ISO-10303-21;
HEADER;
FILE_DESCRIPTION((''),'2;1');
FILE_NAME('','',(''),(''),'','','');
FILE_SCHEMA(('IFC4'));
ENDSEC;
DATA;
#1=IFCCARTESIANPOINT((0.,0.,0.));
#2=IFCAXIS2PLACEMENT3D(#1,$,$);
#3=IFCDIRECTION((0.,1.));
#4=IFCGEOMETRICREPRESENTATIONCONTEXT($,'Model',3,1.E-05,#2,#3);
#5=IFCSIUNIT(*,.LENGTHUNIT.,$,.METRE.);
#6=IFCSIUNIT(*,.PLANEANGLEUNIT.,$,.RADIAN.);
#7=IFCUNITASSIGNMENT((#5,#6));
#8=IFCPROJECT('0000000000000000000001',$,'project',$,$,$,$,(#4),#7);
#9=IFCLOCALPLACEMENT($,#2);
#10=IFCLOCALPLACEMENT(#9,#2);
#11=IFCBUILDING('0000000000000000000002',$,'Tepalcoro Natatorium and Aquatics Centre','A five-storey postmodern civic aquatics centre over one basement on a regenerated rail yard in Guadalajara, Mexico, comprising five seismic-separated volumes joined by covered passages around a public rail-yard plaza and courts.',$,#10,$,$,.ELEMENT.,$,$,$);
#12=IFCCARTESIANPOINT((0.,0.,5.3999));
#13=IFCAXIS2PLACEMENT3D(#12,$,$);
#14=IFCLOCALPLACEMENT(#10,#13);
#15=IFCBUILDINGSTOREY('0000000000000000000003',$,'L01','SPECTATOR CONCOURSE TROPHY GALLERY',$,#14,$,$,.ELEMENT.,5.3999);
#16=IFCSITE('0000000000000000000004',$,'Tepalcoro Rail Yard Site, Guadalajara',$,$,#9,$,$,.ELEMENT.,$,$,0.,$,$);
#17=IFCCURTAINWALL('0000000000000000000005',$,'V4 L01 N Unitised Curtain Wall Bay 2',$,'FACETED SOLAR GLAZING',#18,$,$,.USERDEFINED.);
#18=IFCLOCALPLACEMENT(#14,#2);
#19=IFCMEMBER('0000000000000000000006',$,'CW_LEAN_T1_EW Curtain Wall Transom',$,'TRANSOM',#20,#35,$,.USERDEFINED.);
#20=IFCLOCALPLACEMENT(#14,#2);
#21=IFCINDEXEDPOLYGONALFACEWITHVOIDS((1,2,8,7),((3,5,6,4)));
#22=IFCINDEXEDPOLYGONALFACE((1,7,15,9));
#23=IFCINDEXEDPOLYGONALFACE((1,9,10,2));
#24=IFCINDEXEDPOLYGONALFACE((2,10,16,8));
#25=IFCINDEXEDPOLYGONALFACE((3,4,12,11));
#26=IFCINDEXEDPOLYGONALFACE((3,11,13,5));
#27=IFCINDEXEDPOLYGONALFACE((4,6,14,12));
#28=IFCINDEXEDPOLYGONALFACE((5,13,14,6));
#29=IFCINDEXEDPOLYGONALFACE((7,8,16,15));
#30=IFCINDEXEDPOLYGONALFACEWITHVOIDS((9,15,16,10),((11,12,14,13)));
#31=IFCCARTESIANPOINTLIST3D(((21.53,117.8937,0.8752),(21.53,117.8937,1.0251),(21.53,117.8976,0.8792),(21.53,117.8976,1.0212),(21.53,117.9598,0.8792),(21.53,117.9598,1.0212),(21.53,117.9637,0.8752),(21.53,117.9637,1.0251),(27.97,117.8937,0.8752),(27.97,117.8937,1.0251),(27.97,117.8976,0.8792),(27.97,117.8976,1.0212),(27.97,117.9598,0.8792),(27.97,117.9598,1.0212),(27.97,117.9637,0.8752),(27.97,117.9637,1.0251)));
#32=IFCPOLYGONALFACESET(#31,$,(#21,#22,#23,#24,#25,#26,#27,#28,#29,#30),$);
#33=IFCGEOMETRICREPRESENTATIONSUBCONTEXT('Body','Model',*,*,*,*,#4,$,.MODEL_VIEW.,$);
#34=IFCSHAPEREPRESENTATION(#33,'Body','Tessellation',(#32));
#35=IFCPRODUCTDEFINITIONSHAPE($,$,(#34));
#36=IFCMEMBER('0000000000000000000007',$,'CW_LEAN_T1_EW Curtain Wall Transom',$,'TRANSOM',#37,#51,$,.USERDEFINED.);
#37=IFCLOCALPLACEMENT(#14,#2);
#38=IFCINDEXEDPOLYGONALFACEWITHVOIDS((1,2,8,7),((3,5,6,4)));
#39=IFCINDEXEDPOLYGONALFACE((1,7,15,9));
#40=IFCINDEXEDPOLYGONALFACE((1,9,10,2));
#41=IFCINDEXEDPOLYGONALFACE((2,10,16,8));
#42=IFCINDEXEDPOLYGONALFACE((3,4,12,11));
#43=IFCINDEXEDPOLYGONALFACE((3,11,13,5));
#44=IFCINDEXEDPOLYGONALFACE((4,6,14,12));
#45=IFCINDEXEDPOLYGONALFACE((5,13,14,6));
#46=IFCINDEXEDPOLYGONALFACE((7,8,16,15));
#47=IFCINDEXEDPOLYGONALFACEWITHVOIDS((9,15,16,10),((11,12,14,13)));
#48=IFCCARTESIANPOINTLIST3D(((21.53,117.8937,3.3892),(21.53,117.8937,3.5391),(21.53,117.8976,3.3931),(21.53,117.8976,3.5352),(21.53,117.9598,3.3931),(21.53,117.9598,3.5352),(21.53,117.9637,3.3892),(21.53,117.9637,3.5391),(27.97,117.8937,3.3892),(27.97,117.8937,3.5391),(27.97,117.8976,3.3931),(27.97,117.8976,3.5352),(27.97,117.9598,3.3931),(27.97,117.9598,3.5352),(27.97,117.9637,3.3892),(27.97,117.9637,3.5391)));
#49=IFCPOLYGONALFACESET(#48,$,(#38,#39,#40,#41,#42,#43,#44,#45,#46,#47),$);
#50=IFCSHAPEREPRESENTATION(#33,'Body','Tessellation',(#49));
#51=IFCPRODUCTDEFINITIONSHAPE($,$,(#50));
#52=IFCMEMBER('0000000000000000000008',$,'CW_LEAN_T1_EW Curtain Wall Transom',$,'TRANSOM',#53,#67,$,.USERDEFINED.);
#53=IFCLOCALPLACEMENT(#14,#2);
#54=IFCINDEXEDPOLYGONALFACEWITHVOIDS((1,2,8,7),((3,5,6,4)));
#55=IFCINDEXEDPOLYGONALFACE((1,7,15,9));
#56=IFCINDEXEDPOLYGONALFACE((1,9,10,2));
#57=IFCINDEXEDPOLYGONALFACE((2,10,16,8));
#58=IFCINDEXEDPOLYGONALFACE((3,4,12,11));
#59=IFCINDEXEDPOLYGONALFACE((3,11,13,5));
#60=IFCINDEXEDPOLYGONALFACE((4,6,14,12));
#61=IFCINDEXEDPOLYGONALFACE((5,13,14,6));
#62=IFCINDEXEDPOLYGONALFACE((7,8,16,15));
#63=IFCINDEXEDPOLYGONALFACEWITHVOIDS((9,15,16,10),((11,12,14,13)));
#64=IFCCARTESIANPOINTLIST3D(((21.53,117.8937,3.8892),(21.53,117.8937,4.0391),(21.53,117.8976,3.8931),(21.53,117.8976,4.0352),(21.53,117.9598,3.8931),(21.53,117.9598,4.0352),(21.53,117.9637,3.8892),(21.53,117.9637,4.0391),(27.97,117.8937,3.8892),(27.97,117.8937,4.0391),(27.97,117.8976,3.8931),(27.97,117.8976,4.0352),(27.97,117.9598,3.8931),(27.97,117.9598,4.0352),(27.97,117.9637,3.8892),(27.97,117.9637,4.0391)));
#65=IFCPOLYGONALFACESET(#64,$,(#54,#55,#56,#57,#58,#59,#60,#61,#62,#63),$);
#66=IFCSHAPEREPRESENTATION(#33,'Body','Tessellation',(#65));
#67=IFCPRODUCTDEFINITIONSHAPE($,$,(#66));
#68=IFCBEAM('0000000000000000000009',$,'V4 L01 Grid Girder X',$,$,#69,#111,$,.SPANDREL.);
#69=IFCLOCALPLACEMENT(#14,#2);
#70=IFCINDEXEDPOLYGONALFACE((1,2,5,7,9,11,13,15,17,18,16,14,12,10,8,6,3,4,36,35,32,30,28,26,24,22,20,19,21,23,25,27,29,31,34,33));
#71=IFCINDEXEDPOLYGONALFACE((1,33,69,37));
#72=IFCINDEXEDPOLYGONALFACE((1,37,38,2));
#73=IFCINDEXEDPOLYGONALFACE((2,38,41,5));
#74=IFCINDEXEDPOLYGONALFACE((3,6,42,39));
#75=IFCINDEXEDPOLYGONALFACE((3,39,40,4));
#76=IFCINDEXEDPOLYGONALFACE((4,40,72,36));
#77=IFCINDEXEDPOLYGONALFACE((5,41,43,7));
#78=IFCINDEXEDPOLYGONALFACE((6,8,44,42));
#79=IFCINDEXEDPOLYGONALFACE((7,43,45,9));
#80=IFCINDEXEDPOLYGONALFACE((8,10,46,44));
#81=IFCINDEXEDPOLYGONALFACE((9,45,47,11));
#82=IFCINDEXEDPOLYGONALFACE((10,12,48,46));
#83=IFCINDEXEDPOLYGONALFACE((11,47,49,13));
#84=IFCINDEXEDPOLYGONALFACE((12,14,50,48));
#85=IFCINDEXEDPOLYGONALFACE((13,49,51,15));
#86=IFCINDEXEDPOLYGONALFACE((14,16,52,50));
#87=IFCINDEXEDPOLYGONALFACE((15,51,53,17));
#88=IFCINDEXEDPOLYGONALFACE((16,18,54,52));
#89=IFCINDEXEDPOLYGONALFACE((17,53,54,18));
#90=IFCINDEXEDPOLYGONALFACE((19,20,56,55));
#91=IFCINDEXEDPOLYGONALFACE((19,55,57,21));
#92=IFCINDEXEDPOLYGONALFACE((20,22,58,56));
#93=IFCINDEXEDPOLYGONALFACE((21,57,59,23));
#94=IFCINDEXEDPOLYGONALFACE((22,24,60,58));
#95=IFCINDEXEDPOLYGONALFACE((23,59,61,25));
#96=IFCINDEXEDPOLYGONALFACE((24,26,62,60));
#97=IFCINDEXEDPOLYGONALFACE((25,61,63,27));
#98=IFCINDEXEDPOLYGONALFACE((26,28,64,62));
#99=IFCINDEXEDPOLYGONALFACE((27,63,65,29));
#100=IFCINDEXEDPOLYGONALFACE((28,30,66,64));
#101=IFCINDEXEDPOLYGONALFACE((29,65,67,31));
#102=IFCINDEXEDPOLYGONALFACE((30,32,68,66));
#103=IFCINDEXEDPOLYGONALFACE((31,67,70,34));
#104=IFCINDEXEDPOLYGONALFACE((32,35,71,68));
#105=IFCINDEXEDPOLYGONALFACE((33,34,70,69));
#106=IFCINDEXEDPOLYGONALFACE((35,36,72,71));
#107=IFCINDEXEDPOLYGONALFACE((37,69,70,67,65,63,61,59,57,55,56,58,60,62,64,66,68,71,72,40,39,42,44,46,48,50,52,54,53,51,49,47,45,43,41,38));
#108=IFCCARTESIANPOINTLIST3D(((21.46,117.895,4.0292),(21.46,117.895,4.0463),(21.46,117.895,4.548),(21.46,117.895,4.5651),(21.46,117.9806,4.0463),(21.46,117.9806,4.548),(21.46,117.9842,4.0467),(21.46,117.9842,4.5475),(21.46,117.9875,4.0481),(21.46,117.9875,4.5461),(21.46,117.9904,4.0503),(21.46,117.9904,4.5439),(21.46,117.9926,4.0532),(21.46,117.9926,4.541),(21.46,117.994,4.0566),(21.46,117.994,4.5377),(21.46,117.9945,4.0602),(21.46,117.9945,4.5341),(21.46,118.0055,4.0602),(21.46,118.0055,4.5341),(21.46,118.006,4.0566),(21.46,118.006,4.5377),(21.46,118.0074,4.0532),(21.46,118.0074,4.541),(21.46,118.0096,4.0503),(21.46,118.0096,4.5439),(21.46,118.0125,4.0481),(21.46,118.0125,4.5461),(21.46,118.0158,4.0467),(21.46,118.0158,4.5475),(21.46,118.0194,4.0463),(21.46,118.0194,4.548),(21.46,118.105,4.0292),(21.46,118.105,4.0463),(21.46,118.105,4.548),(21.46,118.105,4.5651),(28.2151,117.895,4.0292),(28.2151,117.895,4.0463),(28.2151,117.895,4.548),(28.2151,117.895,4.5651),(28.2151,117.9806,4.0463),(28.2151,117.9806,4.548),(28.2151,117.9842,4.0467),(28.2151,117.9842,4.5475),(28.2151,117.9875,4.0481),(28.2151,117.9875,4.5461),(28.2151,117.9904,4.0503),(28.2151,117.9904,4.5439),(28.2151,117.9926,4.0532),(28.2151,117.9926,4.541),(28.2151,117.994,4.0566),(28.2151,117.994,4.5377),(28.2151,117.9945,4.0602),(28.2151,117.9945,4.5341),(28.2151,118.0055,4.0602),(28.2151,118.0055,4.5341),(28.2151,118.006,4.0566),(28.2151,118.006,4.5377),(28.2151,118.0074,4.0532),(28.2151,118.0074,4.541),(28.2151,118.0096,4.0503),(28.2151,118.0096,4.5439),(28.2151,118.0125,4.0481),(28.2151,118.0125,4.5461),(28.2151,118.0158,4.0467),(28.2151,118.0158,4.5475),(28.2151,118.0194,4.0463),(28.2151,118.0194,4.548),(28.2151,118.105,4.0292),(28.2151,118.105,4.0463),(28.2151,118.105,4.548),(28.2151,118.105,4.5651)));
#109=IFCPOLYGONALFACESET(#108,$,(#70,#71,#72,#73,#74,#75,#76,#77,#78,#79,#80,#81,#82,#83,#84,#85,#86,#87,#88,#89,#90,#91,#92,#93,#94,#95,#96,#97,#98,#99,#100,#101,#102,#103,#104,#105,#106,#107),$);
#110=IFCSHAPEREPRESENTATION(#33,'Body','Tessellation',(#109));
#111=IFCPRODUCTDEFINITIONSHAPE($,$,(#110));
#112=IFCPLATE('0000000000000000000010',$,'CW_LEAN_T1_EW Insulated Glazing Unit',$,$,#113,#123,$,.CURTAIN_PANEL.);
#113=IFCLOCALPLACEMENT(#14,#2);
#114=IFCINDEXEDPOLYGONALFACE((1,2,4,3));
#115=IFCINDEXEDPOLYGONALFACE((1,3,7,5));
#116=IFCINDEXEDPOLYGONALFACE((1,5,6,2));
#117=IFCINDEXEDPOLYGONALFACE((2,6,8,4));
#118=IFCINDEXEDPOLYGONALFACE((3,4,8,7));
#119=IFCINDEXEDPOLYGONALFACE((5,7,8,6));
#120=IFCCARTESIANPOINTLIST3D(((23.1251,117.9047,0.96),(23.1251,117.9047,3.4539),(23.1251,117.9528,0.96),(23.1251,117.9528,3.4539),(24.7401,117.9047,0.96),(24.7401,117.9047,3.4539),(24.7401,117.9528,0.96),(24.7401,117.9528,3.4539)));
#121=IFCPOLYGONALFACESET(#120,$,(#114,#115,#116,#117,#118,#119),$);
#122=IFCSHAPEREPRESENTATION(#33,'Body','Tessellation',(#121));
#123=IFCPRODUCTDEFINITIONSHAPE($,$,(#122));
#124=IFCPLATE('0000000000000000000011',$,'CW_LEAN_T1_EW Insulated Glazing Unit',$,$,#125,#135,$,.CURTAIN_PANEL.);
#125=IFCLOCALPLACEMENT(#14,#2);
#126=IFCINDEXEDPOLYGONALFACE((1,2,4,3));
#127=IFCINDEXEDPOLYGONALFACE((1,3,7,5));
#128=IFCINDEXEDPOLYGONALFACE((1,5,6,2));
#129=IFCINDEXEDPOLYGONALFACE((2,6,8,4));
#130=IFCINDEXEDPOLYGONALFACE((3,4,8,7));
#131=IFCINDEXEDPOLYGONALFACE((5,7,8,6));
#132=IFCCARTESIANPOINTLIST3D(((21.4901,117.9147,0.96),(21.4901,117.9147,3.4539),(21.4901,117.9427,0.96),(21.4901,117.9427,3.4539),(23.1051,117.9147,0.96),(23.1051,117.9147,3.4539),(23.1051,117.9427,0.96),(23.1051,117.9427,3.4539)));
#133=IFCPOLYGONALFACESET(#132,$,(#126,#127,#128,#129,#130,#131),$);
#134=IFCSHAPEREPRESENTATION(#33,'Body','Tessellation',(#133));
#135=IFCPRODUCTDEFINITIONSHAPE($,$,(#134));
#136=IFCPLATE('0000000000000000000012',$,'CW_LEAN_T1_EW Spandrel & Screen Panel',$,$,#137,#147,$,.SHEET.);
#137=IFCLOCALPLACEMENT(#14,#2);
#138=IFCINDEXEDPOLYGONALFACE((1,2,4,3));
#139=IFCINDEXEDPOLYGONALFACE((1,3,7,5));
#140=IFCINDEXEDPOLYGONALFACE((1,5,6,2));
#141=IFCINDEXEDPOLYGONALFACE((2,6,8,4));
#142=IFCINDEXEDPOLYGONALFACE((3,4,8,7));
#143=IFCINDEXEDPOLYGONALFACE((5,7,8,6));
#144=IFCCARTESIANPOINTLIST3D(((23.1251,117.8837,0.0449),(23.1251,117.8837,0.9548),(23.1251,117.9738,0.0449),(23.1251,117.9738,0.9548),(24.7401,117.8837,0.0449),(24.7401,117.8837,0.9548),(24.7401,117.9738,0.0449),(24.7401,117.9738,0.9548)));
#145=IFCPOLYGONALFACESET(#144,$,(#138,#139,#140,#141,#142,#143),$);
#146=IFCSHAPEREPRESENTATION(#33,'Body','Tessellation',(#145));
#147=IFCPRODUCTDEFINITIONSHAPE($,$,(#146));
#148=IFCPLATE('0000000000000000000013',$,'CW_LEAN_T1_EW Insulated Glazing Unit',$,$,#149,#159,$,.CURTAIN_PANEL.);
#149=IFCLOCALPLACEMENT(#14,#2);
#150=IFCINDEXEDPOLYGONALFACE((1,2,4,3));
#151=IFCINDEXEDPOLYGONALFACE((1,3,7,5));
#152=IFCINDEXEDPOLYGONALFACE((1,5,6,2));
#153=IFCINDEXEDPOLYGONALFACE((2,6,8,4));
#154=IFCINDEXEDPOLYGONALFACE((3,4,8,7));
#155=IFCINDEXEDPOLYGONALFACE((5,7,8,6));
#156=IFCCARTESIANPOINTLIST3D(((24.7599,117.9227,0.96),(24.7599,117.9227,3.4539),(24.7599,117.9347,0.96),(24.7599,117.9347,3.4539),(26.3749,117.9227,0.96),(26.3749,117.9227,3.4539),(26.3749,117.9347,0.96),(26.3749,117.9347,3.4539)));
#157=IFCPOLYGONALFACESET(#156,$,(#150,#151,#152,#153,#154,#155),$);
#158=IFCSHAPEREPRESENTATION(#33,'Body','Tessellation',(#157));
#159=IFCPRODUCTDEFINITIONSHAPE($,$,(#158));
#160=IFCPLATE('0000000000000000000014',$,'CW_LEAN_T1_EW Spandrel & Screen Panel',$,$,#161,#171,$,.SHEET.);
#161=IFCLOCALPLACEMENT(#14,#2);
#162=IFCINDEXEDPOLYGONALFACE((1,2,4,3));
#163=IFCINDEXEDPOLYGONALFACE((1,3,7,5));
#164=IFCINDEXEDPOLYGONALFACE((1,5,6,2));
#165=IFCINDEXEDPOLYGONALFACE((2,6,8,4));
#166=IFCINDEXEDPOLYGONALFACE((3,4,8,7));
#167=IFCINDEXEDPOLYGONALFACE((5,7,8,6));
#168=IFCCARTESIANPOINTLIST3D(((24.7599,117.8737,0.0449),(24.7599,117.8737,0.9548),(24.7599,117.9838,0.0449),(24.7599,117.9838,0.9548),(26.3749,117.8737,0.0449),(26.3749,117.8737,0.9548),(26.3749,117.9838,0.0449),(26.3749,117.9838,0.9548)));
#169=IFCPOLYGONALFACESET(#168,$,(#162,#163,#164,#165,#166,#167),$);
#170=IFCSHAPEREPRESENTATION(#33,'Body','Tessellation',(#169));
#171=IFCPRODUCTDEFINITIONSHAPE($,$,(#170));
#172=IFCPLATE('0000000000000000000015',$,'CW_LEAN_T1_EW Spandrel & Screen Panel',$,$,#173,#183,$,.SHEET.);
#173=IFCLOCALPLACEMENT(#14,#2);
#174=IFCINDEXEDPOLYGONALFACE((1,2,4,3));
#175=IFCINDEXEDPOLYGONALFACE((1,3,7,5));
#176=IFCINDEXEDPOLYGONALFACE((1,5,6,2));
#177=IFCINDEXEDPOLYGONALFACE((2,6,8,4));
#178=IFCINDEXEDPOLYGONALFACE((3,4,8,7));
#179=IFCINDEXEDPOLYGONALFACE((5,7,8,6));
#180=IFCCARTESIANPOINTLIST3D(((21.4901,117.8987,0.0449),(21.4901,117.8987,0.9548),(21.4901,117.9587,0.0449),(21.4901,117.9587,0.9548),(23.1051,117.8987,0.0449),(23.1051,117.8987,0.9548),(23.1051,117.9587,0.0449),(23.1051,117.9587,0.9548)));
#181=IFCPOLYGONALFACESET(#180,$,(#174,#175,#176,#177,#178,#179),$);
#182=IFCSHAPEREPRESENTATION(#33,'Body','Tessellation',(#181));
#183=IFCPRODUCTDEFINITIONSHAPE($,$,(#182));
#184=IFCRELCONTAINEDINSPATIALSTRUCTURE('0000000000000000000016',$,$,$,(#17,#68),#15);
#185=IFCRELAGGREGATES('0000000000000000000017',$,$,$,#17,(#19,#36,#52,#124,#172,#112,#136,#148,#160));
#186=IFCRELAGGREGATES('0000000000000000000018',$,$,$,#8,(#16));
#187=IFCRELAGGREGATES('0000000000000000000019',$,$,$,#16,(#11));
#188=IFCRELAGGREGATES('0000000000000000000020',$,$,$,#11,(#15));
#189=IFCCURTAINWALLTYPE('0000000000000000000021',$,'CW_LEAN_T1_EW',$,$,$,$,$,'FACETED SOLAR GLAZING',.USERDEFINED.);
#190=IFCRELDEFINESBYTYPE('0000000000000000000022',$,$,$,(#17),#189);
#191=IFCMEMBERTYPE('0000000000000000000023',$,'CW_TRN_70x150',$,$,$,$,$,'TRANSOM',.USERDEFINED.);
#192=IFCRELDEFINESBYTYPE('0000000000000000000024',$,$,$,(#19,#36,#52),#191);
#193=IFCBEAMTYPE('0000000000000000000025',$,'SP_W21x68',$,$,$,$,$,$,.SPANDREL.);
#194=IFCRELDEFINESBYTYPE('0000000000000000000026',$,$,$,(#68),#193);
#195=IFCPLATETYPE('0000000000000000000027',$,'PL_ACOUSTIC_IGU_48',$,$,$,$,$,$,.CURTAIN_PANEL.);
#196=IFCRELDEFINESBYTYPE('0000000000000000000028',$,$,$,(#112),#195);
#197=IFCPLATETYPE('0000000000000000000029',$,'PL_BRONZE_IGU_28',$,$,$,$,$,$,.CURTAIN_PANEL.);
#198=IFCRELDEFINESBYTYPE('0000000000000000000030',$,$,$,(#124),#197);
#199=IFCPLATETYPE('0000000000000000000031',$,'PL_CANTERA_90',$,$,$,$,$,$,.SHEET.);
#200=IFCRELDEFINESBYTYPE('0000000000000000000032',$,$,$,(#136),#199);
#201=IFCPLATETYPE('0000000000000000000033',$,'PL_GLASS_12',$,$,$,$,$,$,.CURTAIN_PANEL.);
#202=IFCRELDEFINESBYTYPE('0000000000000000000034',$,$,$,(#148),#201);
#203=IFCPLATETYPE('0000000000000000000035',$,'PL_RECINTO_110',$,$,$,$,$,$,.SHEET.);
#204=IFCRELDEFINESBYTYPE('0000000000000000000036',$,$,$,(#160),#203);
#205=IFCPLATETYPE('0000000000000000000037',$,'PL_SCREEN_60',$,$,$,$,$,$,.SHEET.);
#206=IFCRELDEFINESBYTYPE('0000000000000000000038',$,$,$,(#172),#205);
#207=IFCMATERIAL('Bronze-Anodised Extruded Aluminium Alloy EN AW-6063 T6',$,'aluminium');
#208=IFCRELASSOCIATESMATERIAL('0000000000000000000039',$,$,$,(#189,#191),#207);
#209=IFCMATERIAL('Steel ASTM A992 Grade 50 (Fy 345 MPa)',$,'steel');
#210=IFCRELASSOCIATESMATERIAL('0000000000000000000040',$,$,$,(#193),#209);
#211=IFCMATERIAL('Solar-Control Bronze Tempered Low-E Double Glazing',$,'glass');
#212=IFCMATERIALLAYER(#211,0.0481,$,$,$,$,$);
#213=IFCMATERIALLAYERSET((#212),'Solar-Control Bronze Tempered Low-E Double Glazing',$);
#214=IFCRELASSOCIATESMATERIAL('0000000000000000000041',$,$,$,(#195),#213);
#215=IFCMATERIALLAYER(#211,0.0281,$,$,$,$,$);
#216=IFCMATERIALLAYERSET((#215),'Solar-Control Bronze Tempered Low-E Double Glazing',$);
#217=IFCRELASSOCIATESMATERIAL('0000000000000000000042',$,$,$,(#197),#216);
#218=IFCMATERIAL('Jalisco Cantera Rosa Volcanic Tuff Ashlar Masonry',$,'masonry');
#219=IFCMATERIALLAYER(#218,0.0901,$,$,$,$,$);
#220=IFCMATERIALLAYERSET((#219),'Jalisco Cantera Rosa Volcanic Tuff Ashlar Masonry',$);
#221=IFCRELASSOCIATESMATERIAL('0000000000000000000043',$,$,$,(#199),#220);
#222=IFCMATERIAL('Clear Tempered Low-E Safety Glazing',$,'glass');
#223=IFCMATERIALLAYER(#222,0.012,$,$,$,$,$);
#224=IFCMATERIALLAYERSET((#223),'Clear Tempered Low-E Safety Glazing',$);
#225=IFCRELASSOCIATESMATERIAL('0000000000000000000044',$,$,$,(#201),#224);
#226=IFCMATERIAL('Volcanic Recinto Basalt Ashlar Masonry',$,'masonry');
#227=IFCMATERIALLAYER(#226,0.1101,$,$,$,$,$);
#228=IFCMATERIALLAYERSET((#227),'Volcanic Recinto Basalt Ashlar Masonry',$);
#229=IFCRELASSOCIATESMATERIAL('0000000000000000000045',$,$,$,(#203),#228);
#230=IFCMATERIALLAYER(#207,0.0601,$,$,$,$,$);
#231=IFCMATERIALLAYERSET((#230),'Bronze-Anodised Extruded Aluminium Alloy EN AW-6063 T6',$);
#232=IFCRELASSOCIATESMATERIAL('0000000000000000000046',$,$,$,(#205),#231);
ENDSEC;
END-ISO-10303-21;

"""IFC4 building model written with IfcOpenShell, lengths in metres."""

from ifc_helpers import new_model, si_unit, direction, frame, origin, origin_2d, place, context, subcontext, project, spatial, rectangle, hollow_rectangle, i_section, extrude, material, layer, layer_set, material_profile, profile_set, type_object, element, aggregate, save


model = new_model("IFC4")

# Units and contexts
model_context = context("Model", 3, precision=1e-05, world=origin(), true_north=direction((0.0, 1.0)))
body_context = subcontext(model_context, "Body", "Model", "MODEL_VIEW")
ifc_project = project(units=[si_unit("LENGTHUNIT", "METRE"), si_unit("PLANEANGLEUNIT", "RADIAN")], contexts=[model_context])

# Site, building, storey
site_placement = place(None, origin())
site = spatial("IfcSite", under=ifc_project, at=site_placement, Name="Tepalcoro Rail Yard Site, Guadalajara", CompositionType="ELEMENT", RefElevation=0.0)
building_placement = place(site_placement, origin())
building = spatial("IfcBuilding", under=site, at=building_placement, Name="Tepalcoro Natatorium and Aquatics Centre", Description="A five-storey postmodern civic aquatics centre over one basement on a regenerated rail yard in Guadalajara, Mexico, comprising five seismic-separated volumes joined by covered passages around a public rail-yard plaza and courts.", CompositionType="ELEMENT")
storey_placement = place(building_placement, frame((0.0, 0.0, 5.3999)))
storey = spatial("IfcBuildingStorey", under=building, at=storey_placement, Name="L01", Description="SPECTATOR CONCOURSE TROPHY GALLERY", CompositionType="ELEMENT", Elevation=5.3999)

# Shared definitions
ifc_material_1 = material(Name="Steel ASTM A992 Grade 50 (Fy 345 MPa)", Category="steel")

# Curtain wall, members
ifc_material_2 = material(Name="Bronze-Anodised Extruded Aluminium Alloy EN AW-6063 T6", Category="aluminium")
curtain_wall_type = type_object("IfcCurtainWallType", Name="CW_LEAN_T1_EW", ElementType="FACETED SOLAR GLAZING", PredefinedType="USERDEFINED", material=ifc_material_2)
curtain_wall_placement = place(storey_placement, origin())
curtain_wall = element("IfcCurtainWall", 1, at=curtain_wall_placement, inside=storey, type_object=curtain_wall_type, Name="V4 L01 N Unitised Curtain Wall Bay 2", ObjectType="FACETED SOLAR GLAZING", PredefinedType="USERDEFINED")
ifc_material_profile_1 = material_profile(ifc_material_2, hollow_rectangle(XDim=0.0701, YDim=0.1499, WallThickness=0.0039, at=origin_2d()), Name="AL70X150X4")
ifc_profile_set_1 = profile_set([ifc_material_profile_1], Name="Bronze-Anodised Extruded Aluminium Alloy EN AW-6063 T6")
member_type_1 = type_object("IfcMemberType", Name="CW_TRN_70x150", ElementType="TRANSOM", PredefinedType="USERDEFINED", material=ifc_profile_set_1)
member_1_placement = place(storey_placement, frame((21.53, 117.9287, 0.9502), z_axis=(1.0, 0.0, 0.0), x_axis=(0.0, 1.0, 0.0)))
member_1 = element("IfcMember", 2, at=member_1_placement, type_object=member_type_1, Name="CW_LEAN_T1_EW Curtain Wall Transom", ObjectType="TRANSOM", PredefinedType="USERDEFINED", context=body_context, shape_type="SweptSolid", body=[
    extrude(hollow_rectangle(XDim=0.0701, YDim=0.1499, WallThickness=0.0039, at=origin_2d()), origin(), (0.0, 0.0, 1.0), 6.4399),
])
member_2_placement = place(storey_placement, frame((21.53, 117.9287, 3.4641), z_axis=(1.0, 0.0, 0.0), x_axis=(0.0, 1.0, 0.0)))
member_2 = element("IfcMember", 3, at=member_2_placement, type_object=member_type_1, Name="CW_LEAN_T1_EW Curtain Wall Transom", ObjectType="TRANSOM", PredefinedType="USERDEFINED", context=body_context, shape_type="SweptSolid", body=[
    extrude(hollow_rectangle(XDim=0.0701, YDim=0.1499, WallThickness=0.0039, at=origin_2d()), origin(), (0.0, 0.0, 1.0), 6.4399),
])
member_3_placement = place(storey_placement, frame((21.53, 117.9287, 3.9641), z_axis=(1.0, 0.0, 0.0), x_axis=(0.0, 1.0, 0.0)))
member_3 = element("IfcMember", 4, at=member_3_placement, type_object=member_type_1, Name="CW_LEAN_T1_EW Curtain Wall Transom", ObjectType="TRANSOM", PredefinedType="USERDEFINED", context=body_context, shape_type="SweptSolid", body=[
    extrude(hollow_rectangle(XDim=0.0701, YDim=0.1499, WallThickness=0.0039, at=origin_2d()), origin(), (0.0, 0.0, 1.0), 6.4399),
])

# Beam
ifc_material_profile_2 = material_profile(ifc_material_1, i_section(OverallWidth=0.21, OverallDepth=0.5359, WebThickness=0.011, FlangeThickness=0.0171, FilletRadius=0.0139, at=origin_2d()), Name="W21X68")
ifc_profile_set_2 = profile_set([ifc_material_profile_2], Name="Steel ASTM A992 Grade 50 (Fy 345 MPa)")
beam_type_1 = type_object("IfcBeamType", Name="SP_W21x68", PredefinedType="SPANDREL", material=ifc_profile_set_2)
beam_1_placement = place(storey_placement, frame((21.46, 118.0, 4.2971), z_axis=(1.0, 0.0, 0.0), x_axis=(0.0, 1.0, 0.0)))
element("IfcBeam", 5, at=beam_1_placement, inside=storey, type_object=beam_type_1, Name="V4 L01 Grid Girder X", PredefinedType="SPANDREL", context=body_context, shape_type="SweptSolid", body=[
    extrude(i_section(OverallWidth=0.21, OverallDepth=0.5359, WebThickness=0.011, FlangeThickness=0.0171, FilletRadius=0.0139, at=origin_2d()), origin(), (0.0, 0.0, 1.0), 6.7551),
])

# Plates
ifc_material_3 = material(Name="Solar-Control Bronze Tempered Low-E Double Glazing", Category="glass")
ifc_layer_1 = layer(ifc_material_3, 0.0481)
ifc_layer_set_1 = layer_set([ifc_layer_1], Name="Solar-Control Bronze Tempered Low-E Double Glazing")
plate_type_1 = type_object("IfcPlateType", Name="PL_ACOUSTIC_IGU_48", PredefinedType="CURTAIN_PANEL", material=ifc_layer_set_1)
plate_1_placement = place(storey_placement, frame((23.9326, 117.9287, 0.96), z_axis=(0.0, 0.0, 1.0), x_axis=(1.0, 0.0, 0.0)))
plate_1 = element("IfcPlate", 6, at=plate_1_placement, type_object=plate_type_1, Name="CW_LEAN_T1_EW Insulated Glazing Unit", PredefinedType="CURTAIN_PANEL", context=body_context, shape_type="SweptSolid", body=[
    extrude(rectangle(XDim=1.615, YDim=0.0481, at=origin_2d()), origin(), (0.0, 0.0, 1.0), 2.4939),
])
ifc_layer_2 = layer(ifc_material_3, 0.0281)
ifc_layer_set_2 = layer_set([ifc_layer_2], Name="Solar-Control Bronze Tempered Low-E Double Glazing")
plate_type_2 = type_object("IfcPlateType", Name="PL_BRONZE_IGU_28", PredefinedType="CURTAIN_PANEL", material=ifc_layer_set_2)
plate_2_placement = place(storey_placement, frame((22.2976, 117.9287, 0.96), z_axis=(0.0, 0.0, 1.0), x_axis=(1.0, 0.0, 0.0)))
plate_2 = element("IfcPlate", 7, at=plate_2_placement, type_object=plate_type_2, Name="CW_LEAN_T1_EW Insulated Glazing Unit", PredefinedType="CURTAIN_PANEL", context=body_context, shape_type="SweptSolid", body=[
    extrude(rectangle(XDim=1.615, YDim=0.0281, at=origin_2d()), origin(), (0.0, 0.0, 1.0), 2.4939),
])
ifc_material_4 = material(Name="Jalisco Cantera Rosa Volcanic Tuff Ashlar Masonry", Category="masonry")
ifc_layer_3 = layer(ifc_material_4, 0.0901)
ifc_layer_set_3 = layer_set([ifc_layer_3], Name="Jalisco Cantera Rosa Volcanic Tuff Ashlar Masonry")
plate_type_3 = type_object("IfcPlateType", Name="PL_CANTERA_90", PredefinedType="SHEET", material=ifc_layer_set_3)
plate_3_placement = place(storey_placement, frame((23.9326, 117.9287, 0.0449), z_axis=(0.0, 0.0, 1.0), x_axis=(1.0, 0.0, 0.0)))
plate_3 = element("IfcPlate", 8, at=plate_3_placement, type_object=plate_type_3, Name="CW_LEAN_T1_EW Spandrel & Screen Panel", PredefinedType="SHEET", context=body_context, shape_type="SweptSolid", body=[
    extrude(rectangle(XDim=1.615, YDim=0.0901, at=origin_2d()), origin(), (0.0, 0.0, 1.0), 0.9099),
])
ifc_material_5 = material(Name="Clear Tempered Low-E Safety Glazing", Category="glass")
ifc_layer_4 = layer(ifc_material_5, 0.012)
ifc_layer_set_4 = layer_set([ifc_layer_4], Name="Clear Tempered Low-E Safety Glazing")
plate_type_4 = type_object("IfcPlateType", Name="PL_GLASS_12", PredefinedType="CURTAIN_PANEL", material=ifc_layer_set_4)
plate_4_placement = place(storey_placement, frame((25.5674, 117.9287, 0.96), z_axis=(0.0, 0.0, 1.0), x_axis=(1.0, 0.0, 0.0)))
plate_4 = element("IfcPlate", 9, at=plate_4_placement, type_object=plate_type_4, Name="CW_LEAN_T1_EW Insulated Glazing Unit", PredefinedType="CURTAIN_PANEL", context=body_context, shape_type="SweptSolid", body=[
    extrude(rectangle(XDim=1.615, YDim=0.012, at=origin_2d()), origin(), (0.0, 0.0, 1.0), 2.4939),
])
ifc_material_6 = material(Name="Volcanic Recinto Basalt Ashlar Masonry", Category="masonry")
ifc_layer_5 = layer(ifc_material_6, 0.1101)
ifc_layer_set_5 = layer_set([ifc_layer_5], Name="Volcanic Recinto Basalt Ashlar Masonry")
plate_type_5 = type_object("IfcPlateType", Name="PL_RECINTO_110", PredefinedType="SHEET", material=ifc_layer_set_5)
plate_5_placement = place(storey_placement, frame((25.5674, 117.9287, 0.0449), z_axis=(0.0, 0.0, 1.0), x_axis=(1.0, 0.0, 0.0)))
plate_5 = element("IfcPlate", 10, at=plate_5_placement, type_object=plate_type_5, Name="CW_LEAN_T1_EW Spandrel & Screen Panel", PredefinedType="SHEET", context=body_context, shape_type="SweptSolid", body=[
    extrude(rectangle(XDim=1.615, YDim=0.1101, at=origin_2d()), origin(), (0.0, 0.0, 1.0), 0.9099),
])
ifc_layer_6 = layer(ifc_material_2, 0.0601)
ifc_layer_set_6 = layer_set([ifc_layer_6], Name="Bronze-Anodised Extruded Aluminium Alloy EN AW-6063 T6")
plate_type_6 = type_object("IfcPlateType", Name="PL_SCREEN_60", PredefinedType="SHEET", material=ifc_layer_set_6)
plate_6_placement = place(storey_placement, frame((22.2976, 117.9287, 0.0449), z_axis=(0.0, 0.0, 1.0), x_axis=(1.0, 0.0, 0.0)))
plate_6 = element("IfcPlate", 11, at=plate_6_placement, type_object=plate_type_6, Name="CW_LEAN_T1_EW Spandrel & Screen Panel", PredefinedType="SHEET", context=body_context, shape_type="SweptSolid", body=[
    extrude(rectangle(XDim=1.615, YDim=0.0601, at=origin_2d()), origin(), (0.0, 0.0, 1.0), 0.9099),
])
aggregate(curtain_wall, [member_1, member_2, member_3, plate_2, plate_6, plate_1, plate_3, plate_4, plate_5])

save(model, "model.ifc")
